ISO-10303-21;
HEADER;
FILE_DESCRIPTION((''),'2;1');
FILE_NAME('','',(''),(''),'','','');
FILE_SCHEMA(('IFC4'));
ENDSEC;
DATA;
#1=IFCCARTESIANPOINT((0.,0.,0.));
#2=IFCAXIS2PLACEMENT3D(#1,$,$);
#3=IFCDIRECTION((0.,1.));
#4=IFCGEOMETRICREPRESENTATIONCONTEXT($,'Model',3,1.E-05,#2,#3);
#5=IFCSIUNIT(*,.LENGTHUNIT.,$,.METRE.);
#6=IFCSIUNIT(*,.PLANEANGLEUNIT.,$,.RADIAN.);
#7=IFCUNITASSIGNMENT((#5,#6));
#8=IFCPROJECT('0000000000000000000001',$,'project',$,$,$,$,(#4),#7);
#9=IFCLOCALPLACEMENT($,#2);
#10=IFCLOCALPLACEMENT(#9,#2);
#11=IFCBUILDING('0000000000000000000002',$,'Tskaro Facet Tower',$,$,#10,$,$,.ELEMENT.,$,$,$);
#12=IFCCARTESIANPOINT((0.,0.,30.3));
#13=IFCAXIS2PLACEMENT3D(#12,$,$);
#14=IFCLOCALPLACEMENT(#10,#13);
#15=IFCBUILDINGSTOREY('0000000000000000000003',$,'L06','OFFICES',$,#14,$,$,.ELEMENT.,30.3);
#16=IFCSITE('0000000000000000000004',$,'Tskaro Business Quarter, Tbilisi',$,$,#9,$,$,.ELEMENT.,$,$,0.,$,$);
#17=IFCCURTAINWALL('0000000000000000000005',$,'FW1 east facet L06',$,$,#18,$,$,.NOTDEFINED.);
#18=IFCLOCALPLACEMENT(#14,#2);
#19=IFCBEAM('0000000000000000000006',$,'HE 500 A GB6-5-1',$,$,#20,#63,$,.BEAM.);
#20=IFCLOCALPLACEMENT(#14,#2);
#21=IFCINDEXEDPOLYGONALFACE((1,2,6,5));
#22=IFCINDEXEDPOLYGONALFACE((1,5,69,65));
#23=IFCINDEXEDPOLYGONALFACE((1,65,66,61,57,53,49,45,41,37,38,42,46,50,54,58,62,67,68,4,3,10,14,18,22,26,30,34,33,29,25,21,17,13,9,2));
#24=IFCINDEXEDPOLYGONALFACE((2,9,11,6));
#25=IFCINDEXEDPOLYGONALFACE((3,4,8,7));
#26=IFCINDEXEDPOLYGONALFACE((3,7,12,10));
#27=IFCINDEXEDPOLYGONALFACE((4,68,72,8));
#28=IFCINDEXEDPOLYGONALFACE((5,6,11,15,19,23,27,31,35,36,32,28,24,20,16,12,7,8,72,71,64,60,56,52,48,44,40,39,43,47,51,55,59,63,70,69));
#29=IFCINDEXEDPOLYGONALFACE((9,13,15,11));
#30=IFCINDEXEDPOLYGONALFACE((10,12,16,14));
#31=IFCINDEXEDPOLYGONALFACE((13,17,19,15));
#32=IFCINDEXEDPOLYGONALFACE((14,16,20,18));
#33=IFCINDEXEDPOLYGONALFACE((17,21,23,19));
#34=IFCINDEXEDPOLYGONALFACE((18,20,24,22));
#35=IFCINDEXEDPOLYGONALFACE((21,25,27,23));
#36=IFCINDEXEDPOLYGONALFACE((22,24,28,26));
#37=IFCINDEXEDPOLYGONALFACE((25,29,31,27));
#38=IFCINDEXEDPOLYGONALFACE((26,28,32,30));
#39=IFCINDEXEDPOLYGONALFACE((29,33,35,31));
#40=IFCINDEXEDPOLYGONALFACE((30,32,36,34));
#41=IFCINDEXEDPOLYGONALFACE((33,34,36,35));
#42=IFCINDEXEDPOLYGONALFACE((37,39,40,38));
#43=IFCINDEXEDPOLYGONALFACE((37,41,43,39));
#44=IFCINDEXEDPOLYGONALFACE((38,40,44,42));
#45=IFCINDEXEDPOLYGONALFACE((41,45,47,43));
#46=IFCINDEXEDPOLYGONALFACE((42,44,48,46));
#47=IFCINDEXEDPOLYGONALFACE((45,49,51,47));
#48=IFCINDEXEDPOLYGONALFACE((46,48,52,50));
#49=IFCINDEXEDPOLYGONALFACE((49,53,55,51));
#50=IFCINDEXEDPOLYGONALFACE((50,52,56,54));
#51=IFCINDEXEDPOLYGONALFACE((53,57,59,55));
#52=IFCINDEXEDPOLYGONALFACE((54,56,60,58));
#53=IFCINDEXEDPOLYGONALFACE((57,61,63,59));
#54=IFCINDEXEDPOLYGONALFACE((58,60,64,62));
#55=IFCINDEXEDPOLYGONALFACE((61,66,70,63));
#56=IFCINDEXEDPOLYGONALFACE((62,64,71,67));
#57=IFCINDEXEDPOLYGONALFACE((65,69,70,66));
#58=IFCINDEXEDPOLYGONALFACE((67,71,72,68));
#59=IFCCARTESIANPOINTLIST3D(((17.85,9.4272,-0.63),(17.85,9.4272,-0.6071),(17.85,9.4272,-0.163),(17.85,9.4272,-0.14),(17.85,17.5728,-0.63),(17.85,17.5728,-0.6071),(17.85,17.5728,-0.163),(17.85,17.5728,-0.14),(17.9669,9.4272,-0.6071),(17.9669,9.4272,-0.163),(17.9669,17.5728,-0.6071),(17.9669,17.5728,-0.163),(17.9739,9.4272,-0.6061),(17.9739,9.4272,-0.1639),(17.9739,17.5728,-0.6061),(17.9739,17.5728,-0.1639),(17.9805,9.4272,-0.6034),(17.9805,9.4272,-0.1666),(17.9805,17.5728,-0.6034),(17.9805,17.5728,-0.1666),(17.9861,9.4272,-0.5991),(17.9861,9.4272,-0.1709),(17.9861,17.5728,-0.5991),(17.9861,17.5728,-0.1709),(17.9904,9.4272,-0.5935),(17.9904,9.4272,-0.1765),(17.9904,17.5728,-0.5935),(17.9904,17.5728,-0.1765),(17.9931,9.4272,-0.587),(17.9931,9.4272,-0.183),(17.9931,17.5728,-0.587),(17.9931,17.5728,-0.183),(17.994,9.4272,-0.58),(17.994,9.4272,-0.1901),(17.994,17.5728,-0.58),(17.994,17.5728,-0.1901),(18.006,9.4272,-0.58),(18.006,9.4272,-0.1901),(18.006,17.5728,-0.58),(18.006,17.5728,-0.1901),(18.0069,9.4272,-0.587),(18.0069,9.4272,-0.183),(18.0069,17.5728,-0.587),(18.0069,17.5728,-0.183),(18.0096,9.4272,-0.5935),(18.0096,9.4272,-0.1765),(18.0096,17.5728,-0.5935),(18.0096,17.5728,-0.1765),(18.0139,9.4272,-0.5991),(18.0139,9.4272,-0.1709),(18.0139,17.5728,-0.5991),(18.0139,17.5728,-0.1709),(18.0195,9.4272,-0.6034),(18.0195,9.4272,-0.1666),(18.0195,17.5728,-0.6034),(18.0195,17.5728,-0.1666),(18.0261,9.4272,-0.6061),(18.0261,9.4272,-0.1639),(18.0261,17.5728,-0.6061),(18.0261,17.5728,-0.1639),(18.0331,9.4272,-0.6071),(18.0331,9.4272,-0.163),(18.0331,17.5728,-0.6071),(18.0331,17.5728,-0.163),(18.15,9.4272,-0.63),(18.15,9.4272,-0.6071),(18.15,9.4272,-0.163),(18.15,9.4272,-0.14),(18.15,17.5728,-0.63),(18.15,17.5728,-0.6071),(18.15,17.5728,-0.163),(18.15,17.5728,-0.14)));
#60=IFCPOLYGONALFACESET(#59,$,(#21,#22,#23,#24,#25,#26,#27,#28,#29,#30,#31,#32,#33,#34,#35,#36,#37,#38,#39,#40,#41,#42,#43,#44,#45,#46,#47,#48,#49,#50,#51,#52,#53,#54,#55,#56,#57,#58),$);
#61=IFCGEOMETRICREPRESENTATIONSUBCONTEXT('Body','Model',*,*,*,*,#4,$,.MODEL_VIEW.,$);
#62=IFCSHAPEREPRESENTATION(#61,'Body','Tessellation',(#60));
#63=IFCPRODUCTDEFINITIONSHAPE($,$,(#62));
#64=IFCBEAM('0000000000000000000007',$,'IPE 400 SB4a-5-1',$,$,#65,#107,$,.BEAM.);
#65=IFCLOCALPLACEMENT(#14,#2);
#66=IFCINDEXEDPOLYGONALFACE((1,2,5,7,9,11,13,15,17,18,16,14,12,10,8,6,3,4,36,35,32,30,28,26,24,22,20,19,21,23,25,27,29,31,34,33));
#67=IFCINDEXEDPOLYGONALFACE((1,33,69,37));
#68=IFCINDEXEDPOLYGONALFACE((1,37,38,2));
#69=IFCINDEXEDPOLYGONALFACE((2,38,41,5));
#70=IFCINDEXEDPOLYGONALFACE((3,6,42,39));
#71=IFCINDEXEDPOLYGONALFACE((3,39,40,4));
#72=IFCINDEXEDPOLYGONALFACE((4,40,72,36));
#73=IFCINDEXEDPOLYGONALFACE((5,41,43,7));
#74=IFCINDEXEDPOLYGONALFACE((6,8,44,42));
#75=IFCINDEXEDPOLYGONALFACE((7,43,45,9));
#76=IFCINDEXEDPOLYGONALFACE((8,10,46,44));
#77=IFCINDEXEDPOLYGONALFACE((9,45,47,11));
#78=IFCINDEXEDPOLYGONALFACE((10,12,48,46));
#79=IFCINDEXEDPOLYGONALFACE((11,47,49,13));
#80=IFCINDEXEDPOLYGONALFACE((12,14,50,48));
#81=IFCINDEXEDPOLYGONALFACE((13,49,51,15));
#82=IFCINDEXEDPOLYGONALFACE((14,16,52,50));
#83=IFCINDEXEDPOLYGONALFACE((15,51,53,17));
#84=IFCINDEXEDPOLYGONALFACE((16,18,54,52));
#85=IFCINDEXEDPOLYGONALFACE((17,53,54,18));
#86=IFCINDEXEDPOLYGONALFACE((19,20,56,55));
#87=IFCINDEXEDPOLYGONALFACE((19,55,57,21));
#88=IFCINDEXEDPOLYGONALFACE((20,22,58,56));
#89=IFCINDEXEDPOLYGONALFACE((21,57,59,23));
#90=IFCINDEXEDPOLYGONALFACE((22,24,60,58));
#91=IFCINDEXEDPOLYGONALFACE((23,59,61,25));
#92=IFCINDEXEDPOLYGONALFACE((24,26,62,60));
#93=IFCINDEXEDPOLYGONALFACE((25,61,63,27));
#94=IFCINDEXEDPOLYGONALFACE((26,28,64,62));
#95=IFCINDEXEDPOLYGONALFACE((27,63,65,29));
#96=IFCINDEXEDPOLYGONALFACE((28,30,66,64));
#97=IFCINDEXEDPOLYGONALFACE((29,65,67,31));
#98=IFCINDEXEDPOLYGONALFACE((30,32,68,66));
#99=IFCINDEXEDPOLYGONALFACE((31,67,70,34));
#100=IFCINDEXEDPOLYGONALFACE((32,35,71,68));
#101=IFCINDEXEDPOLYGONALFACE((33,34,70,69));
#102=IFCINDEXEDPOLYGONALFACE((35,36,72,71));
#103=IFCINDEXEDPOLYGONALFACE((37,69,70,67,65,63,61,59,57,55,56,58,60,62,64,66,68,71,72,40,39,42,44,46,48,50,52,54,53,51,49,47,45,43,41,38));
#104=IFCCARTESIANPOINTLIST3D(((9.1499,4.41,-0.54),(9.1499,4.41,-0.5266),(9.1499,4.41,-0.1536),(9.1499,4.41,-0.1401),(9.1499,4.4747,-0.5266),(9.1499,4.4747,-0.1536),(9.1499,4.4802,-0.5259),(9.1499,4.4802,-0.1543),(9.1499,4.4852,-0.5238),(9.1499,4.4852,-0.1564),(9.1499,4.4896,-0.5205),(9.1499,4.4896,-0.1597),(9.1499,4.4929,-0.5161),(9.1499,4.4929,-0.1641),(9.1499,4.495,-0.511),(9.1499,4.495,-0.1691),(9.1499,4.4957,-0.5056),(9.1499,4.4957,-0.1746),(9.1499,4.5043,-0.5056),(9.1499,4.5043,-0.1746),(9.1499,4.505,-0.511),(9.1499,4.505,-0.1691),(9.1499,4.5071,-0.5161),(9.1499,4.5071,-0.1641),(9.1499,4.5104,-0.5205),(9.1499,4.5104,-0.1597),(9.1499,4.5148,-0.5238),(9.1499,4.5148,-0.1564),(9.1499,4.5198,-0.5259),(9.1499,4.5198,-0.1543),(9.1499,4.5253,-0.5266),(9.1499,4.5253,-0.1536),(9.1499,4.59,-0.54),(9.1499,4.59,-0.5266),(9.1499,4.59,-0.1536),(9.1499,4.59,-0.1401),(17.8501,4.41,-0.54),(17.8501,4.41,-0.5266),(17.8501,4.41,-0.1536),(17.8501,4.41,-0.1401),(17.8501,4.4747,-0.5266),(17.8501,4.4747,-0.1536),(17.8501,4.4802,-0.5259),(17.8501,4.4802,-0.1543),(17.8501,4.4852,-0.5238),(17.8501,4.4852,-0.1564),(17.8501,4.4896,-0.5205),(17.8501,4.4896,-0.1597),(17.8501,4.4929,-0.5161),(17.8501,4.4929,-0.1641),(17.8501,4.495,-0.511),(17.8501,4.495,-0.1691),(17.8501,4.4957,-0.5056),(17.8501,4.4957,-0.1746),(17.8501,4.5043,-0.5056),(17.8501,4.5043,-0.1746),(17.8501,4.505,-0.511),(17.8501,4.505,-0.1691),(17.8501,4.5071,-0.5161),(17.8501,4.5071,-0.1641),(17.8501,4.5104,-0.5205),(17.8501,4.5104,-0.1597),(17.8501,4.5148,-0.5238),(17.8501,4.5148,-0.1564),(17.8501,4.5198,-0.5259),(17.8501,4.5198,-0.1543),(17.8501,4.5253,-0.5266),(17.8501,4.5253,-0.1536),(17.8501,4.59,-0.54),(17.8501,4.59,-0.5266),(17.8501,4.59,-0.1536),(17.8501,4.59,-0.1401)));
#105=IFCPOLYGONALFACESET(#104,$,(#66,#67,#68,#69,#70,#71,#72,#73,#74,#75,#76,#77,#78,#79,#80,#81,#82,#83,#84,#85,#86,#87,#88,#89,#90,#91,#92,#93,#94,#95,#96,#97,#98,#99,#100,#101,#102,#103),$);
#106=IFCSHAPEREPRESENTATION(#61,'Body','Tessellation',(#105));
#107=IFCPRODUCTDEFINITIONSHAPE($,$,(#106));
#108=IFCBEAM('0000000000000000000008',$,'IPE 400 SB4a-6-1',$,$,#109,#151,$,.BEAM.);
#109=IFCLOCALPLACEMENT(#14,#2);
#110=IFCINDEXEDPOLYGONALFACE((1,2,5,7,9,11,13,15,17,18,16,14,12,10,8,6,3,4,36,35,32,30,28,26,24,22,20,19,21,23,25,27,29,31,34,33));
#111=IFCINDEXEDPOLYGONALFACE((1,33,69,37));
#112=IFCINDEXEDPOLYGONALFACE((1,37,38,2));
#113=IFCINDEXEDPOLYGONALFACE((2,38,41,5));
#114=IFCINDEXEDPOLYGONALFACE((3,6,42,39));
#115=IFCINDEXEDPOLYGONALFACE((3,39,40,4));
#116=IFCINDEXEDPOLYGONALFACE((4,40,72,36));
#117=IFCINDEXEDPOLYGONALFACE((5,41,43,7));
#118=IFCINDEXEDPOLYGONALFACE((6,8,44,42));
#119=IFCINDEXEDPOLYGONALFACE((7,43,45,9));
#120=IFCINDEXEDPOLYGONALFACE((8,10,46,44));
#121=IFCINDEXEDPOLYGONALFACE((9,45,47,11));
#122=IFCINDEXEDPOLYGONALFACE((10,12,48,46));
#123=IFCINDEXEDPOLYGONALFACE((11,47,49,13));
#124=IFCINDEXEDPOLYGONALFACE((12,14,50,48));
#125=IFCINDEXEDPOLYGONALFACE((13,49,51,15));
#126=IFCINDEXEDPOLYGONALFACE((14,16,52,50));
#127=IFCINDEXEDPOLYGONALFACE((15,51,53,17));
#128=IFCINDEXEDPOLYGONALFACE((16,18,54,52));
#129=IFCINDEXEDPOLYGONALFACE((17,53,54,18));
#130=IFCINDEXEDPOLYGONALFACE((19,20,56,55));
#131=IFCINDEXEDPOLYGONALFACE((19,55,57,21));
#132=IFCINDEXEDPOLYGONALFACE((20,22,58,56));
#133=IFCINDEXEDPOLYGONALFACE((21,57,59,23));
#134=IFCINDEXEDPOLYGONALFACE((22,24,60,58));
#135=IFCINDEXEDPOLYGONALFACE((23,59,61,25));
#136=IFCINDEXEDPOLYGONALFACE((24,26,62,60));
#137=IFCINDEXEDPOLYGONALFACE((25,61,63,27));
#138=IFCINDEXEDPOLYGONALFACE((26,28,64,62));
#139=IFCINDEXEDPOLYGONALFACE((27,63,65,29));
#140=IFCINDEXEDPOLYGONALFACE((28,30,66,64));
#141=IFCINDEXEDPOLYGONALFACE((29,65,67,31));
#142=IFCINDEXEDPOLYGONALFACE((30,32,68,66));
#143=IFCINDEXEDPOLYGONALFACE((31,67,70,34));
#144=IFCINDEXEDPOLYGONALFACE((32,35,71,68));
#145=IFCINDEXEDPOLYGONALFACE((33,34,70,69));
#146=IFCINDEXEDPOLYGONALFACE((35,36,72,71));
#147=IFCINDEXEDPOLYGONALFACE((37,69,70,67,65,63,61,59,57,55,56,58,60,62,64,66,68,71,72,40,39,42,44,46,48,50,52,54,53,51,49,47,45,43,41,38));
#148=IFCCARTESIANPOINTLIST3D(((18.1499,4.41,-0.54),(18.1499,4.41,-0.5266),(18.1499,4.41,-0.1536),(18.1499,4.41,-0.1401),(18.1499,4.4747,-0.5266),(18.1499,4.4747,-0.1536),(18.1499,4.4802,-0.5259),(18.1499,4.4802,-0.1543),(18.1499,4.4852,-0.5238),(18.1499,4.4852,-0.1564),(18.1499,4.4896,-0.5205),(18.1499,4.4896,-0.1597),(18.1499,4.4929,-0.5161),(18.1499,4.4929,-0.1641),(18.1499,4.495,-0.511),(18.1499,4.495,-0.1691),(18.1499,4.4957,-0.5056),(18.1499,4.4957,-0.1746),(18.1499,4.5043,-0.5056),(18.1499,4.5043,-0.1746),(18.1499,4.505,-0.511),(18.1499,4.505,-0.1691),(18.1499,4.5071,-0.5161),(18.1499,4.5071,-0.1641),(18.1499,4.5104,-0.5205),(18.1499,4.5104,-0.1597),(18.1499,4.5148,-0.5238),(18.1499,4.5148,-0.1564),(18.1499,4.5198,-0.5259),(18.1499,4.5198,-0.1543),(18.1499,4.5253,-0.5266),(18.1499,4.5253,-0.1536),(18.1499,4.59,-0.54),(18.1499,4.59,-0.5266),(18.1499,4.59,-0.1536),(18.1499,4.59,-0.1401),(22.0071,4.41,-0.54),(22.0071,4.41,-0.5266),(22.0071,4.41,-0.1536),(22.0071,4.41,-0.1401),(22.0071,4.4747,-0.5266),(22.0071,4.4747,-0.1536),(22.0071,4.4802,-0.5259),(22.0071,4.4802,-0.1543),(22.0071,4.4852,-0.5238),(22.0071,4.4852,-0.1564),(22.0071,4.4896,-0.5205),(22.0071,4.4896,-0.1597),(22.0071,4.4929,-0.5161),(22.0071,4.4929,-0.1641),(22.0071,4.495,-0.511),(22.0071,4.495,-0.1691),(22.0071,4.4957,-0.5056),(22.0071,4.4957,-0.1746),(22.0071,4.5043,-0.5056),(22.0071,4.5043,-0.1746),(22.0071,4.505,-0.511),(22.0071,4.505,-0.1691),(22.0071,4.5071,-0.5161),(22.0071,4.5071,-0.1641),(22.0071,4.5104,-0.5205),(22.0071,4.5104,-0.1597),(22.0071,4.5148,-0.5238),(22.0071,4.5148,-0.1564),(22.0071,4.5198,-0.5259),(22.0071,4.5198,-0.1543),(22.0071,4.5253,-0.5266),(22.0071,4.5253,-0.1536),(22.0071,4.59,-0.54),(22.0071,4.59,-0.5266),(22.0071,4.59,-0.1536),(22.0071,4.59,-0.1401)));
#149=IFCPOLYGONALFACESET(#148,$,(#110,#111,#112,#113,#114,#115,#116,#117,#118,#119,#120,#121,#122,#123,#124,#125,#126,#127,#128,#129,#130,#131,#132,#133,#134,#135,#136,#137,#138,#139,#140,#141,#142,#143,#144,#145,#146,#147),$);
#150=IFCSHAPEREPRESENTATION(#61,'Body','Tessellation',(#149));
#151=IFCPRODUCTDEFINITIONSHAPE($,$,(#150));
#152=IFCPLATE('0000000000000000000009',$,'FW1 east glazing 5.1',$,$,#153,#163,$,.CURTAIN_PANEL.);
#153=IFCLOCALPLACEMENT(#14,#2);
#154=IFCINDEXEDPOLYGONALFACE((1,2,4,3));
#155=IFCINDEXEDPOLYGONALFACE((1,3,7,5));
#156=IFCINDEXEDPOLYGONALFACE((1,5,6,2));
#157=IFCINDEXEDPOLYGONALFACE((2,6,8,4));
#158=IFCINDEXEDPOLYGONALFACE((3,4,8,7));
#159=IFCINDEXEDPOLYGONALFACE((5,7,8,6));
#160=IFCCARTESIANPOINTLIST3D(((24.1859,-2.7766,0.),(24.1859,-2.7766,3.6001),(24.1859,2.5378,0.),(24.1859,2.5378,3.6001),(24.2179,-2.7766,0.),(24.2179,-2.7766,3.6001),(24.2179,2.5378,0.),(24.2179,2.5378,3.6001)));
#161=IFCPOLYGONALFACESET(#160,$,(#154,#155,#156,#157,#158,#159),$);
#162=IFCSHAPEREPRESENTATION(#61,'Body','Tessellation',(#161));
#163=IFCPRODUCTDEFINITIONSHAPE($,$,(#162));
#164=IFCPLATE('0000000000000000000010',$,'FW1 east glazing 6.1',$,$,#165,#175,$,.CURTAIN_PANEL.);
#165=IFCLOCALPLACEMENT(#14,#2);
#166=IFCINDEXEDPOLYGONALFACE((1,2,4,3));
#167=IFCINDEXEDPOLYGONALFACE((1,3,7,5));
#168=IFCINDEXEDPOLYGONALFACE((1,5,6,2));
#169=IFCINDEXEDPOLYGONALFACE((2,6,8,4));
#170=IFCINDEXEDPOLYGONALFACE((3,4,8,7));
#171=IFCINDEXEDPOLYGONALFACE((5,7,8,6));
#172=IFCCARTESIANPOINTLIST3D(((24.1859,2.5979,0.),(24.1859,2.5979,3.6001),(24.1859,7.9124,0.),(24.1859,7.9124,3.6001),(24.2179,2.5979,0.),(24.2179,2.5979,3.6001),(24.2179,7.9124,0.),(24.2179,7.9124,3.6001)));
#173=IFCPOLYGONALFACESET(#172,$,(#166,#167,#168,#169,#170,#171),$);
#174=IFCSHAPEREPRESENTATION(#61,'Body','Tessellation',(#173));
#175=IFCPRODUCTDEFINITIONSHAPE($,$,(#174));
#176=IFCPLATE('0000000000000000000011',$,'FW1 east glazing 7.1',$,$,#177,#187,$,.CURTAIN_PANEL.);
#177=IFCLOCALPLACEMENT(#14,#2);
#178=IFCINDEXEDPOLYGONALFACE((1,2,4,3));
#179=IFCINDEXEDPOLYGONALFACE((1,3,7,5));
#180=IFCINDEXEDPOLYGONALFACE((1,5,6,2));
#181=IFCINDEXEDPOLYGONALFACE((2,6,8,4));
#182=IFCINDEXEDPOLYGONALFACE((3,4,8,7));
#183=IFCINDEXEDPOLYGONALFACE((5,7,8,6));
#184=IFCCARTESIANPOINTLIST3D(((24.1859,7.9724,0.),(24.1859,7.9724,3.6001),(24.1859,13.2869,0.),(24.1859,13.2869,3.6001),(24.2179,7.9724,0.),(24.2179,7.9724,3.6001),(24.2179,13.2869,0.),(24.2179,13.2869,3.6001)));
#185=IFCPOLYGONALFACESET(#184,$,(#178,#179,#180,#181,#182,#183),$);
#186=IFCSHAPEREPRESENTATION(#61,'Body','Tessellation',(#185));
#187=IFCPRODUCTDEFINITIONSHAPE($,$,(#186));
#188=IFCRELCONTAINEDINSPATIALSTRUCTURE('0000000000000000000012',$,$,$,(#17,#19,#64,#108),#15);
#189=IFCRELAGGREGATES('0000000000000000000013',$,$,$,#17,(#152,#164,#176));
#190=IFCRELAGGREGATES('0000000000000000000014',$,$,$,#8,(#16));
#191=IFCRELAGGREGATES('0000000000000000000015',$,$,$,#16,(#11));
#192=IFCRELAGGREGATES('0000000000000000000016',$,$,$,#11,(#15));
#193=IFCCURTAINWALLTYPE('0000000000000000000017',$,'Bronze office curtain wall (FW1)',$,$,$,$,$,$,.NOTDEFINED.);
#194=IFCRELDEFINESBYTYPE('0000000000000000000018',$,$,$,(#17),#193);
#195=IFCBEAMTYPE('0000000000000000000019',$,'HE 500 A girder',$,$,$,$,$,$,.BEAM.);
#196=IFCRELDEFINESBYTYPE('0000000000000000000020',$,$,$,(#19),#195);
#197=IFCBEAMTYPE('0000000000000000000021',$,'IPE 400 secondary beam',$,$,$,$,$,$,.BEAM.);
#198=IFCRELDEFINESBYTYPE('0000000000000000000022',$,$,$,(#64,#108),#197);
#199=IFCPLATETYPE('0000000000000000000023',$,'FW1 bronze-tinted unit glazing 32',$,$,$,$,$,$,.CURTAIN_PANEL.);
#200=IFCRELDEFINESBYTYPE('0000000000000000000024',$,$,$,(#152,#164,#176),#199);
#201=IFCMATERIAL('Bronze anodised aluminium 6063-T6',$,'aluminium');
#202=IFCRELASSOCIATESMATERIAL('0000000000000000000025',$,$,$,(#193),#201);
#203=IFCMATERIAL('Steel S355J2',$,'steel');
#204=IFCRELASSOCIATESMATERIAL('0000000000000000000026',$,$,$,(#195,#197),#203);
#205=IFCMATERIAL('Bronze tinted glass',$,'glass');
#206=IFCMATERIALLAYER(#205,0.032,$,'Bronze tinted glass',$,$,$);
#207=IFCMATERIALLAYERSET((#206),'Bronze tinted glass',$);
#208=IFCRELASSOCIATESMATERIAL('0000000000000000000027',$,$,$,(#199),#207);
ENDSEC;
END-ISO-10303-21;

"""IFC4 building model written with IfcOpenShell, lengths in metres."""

from ifc_helpers import new_model, si_unit, direction, frame, origin, origin_2d, place, context, subcontext, project, spatial, rectangle, i_section, extrude, material, layer, layer_set, material_profile, profile_set, type_object, element, aggregate, save


model = new_model("IFC4")

# Units and contexts
model_context = context("Model", 3, precision=1e-05, world=origin(), true_north=direction((0.0, 1.0)))
body_context = subcontext(model_context, "Body", "Model", "MODEL_VIEW")
ifc_project = project(units=[si_unit("LENGTHUNIT", "METRE"), si_unit("PLANEANGLEUNIT", "RADIAN")], contexts=[model_context])

# Site, building, storey
site_placement = place(None, origin())
site = spatial("IfcSite", under=ifc_project, at=site_placement, Name="Tskaro Business Quarter, Tbilisi", CompositionType="ELEMENT", RefElevation=0.0)
building_placement = place(site_placement, origin())
building = spatial("IfcBuilding", under=site, at=building_placement, Name="Tskaro Facet Tower", CompositionType="ELEMENT")
storey_placement = place(building_placement, frame((0.0, 0.0, 30.3)))
storey = spatial("IfcBuildingStorey", under=building, at=storey_placement, Name="L06", Description="OFFICES", CompositionType="ELEMENT", Elevation=30.3)

# Curtain wall
ifc_material_1 = material(Name="Bronze anodised aluminium 6063-T6", Category="aluminium")
curtain_wall_type = type_object("IfcCurtainWallType", Name="Bronze office curtain wall (FW1)", PredefinedType="NOTDEFINED", material=ifc_material_1)
curtain_wall_placement = place(storey_placement, origin())
curtain_wall = element("IfcCurtainWall", 1, at=curtain_wall_placement, inside=storey, type_object=curtain_wall_type, Name="FW1 east facet L06", PredefinedType="NOTDEFINED")

# Beams
ifc_material_2 = material(Name="Steel S355J2", Category="steel")
ifc_material_profile_1 = material_profile(ifc_material_2, i_section(OverallWidth=0.3, OverallDepth=0.49, WebThickness=0.012, FlangeThickness=0.0229, FilletRadius=0.0271, at=origin_2d()), Name="HE 500 A")
ifc_profile_set_1 = profile_set([ifc_material_profile_1], Name="Steel S355J2")
beam_type_1 = type_object("IfcBeamType", Name="HE 500 A girder", PredefinedType="BEAM", material=ifc_profile_set_1)
for number, where, z_axis, x_axis, name in (
    (2, (18.0, 9.4272, -0.385), (0.0, 1.0, 0.0), (-1.0, 0.0, 0.0), "HE 500 A GB6-5-1"),
):
    element("IfcBeam", number, at=place(storey_placement, frame(where, z_axis=z_axis, x_axis=x_axis)), inside=storey, type_object=beam_type_1, Name=name, PredefinedType="BEAM", context=body_context, shape_type="SweptSolid", body=[
        extrude(i_section(OverallWidth=0.3, OverallDepth=0.49, WebThickness=0.012, FlangeThickness=0.0229, FilletRadius=0.0271, at=origin_2d()), origin(), (0.0, 0.0, 1.0), 8.1455),
    ])
ifc_material_profile_2 = material_profile(ifc_material_2, i_section(OverallWidth=0.1799, OverallDepth=0.3999, WebThickness=0.0085, FlangeThickness=0.0134, FilletRadius=0.021, at=origin_2d()), Name="IPE 400")
ifc_profile_set_2 = profile_set([ifc_material_profile_2], Name="Steel S355J2")
beam_type_2 = type_object("IfcBeamType", Name="IPE 400 secondary beam", PredefinedType="BEAM", material=ifc_profile_set_2)
beam_1_placement = place(storey_placement, frame((9.1499, 4.5, -0.3401), z_axis=(1.0, 0.0, 0.0), x_axis=(0.0, 1.0, 0.0)))
element("IfcBeam", 3, at=beam_1_placement, inside=storey, type_object=beam_type_2, Name="IPE 400 SB4a-5-1", PredefinedType="BEAM", context=body_context, shape_type="SweptSolid", body=[
    extrude(i_section(OverallWidth=0.1799, OverallDepth=0.3999, WebThickness=0.0085, FlangeThickness=0.0134, FilletRadius=0.021, at=origin_2d()), origin(), (0.0, 0.0, 1.0), 8.7002),
])
beam_2_placement = place(storey_placement, frame((18.1499, 4.5, -0.3401), z_axis=(1.0, 0.0, 0.0), x_axis=(0.0, 1.0, 0.0)))
element("IfcBeam", 4, at=beam_2_placement, inside=storey, type_object=beam_type_2, Name="IPE 400 SB4a-6-1", PredefinedType="BEAM", context=body_context, shape_type="SweptSolid", body=[
    extrude(i_section(OverallWidth=0.1799, OverallDepth=0.3999, WebThickness=0.0085, FlangeThickness=0.0134, FilletRadius=0.021, at=origin_2d()), origin(), (0.0, 0.0, 1.0), 3.8572),
])

# Plates
ifc_material_3 = material(Name="Bronze tinted glass", Category="glass")
ifc_layer_1 = layer(ifc_material_3, 0.032, Name="Bronze tinted glass")
ifc_layer_set_1 = layer_set([ifc_layer_1], Name="Bronze tinted glass")
plate_type = type_object("IfcPlateType", Name="FW1 bronze-tinted unit glazing 32", PredefinedType="CURTAIN_PANEL", material=ifc_layer_set_1)
plate_1_placement = place(storey_placement, frame((24.2019, -0.1194, 0.0), z_axis=(0.0, 0.0, 1.0), x_axis=(0.0, 1.0, 0.0)))
plate_1 = element("IfcPlate", 5, at=plate_1_placement, type_object=plate_type, Name="FW1 east glazing 5.1", PredefinedType="CURTAIN_PANEL", context=body_context, shape_type="SweptSolid", body=[
    extrude(rectangle(XDim=5.3145, YDim=0.032, at=origin_2d()), origin(), (0.0, 0.0, 1.0), 3.6001),
])
plate_2_placement = place(storey_placement, frame((24.2019, 5.2551, 0.0), z_axis=(0.0, 0.0, 1.0), x_axis=(0.0, 1.0, 0.0)))
plate_2 = element("IfcPlate", 6, at=plate_2_placement, type_object=plate_type, Name="FW1 east glazing 6.1", PredefinedType="CURTAIN_PANEL", context=body_context, shape_type="SweptSolid", body=[
    extrude(rectangle(XDim=5.3145, YDim=0.032, at=origin_2d()), origin(), (0.0, 0.0, 1.0), 3.6001),
])
plate_3_placement = place(storey_placement, frame((24.2019, 10.6296, 0.0), z_axis=(0.0, 0.0, 1.0), x_axis=(0.0, 1.0, 0.0)))
plate_3 = element("IfcPlate", 7, at=plate_3_placement, type_object=plate_type, Name="FW1 east glazing 7.1", PredefinedType="CURTAIN_PANEL", context=body_context, shape_type="SweptSolid", body=[
    extrude(rectangle(XDim=5.3145, YDim=0.032, at=origin_2d()), origin(), (0.0, 0.0, 1.0), 3.6001),
])
aggregate(curtain_wall, [plate_1, plate_2, plate_3])

save(model, "model.ifc")
